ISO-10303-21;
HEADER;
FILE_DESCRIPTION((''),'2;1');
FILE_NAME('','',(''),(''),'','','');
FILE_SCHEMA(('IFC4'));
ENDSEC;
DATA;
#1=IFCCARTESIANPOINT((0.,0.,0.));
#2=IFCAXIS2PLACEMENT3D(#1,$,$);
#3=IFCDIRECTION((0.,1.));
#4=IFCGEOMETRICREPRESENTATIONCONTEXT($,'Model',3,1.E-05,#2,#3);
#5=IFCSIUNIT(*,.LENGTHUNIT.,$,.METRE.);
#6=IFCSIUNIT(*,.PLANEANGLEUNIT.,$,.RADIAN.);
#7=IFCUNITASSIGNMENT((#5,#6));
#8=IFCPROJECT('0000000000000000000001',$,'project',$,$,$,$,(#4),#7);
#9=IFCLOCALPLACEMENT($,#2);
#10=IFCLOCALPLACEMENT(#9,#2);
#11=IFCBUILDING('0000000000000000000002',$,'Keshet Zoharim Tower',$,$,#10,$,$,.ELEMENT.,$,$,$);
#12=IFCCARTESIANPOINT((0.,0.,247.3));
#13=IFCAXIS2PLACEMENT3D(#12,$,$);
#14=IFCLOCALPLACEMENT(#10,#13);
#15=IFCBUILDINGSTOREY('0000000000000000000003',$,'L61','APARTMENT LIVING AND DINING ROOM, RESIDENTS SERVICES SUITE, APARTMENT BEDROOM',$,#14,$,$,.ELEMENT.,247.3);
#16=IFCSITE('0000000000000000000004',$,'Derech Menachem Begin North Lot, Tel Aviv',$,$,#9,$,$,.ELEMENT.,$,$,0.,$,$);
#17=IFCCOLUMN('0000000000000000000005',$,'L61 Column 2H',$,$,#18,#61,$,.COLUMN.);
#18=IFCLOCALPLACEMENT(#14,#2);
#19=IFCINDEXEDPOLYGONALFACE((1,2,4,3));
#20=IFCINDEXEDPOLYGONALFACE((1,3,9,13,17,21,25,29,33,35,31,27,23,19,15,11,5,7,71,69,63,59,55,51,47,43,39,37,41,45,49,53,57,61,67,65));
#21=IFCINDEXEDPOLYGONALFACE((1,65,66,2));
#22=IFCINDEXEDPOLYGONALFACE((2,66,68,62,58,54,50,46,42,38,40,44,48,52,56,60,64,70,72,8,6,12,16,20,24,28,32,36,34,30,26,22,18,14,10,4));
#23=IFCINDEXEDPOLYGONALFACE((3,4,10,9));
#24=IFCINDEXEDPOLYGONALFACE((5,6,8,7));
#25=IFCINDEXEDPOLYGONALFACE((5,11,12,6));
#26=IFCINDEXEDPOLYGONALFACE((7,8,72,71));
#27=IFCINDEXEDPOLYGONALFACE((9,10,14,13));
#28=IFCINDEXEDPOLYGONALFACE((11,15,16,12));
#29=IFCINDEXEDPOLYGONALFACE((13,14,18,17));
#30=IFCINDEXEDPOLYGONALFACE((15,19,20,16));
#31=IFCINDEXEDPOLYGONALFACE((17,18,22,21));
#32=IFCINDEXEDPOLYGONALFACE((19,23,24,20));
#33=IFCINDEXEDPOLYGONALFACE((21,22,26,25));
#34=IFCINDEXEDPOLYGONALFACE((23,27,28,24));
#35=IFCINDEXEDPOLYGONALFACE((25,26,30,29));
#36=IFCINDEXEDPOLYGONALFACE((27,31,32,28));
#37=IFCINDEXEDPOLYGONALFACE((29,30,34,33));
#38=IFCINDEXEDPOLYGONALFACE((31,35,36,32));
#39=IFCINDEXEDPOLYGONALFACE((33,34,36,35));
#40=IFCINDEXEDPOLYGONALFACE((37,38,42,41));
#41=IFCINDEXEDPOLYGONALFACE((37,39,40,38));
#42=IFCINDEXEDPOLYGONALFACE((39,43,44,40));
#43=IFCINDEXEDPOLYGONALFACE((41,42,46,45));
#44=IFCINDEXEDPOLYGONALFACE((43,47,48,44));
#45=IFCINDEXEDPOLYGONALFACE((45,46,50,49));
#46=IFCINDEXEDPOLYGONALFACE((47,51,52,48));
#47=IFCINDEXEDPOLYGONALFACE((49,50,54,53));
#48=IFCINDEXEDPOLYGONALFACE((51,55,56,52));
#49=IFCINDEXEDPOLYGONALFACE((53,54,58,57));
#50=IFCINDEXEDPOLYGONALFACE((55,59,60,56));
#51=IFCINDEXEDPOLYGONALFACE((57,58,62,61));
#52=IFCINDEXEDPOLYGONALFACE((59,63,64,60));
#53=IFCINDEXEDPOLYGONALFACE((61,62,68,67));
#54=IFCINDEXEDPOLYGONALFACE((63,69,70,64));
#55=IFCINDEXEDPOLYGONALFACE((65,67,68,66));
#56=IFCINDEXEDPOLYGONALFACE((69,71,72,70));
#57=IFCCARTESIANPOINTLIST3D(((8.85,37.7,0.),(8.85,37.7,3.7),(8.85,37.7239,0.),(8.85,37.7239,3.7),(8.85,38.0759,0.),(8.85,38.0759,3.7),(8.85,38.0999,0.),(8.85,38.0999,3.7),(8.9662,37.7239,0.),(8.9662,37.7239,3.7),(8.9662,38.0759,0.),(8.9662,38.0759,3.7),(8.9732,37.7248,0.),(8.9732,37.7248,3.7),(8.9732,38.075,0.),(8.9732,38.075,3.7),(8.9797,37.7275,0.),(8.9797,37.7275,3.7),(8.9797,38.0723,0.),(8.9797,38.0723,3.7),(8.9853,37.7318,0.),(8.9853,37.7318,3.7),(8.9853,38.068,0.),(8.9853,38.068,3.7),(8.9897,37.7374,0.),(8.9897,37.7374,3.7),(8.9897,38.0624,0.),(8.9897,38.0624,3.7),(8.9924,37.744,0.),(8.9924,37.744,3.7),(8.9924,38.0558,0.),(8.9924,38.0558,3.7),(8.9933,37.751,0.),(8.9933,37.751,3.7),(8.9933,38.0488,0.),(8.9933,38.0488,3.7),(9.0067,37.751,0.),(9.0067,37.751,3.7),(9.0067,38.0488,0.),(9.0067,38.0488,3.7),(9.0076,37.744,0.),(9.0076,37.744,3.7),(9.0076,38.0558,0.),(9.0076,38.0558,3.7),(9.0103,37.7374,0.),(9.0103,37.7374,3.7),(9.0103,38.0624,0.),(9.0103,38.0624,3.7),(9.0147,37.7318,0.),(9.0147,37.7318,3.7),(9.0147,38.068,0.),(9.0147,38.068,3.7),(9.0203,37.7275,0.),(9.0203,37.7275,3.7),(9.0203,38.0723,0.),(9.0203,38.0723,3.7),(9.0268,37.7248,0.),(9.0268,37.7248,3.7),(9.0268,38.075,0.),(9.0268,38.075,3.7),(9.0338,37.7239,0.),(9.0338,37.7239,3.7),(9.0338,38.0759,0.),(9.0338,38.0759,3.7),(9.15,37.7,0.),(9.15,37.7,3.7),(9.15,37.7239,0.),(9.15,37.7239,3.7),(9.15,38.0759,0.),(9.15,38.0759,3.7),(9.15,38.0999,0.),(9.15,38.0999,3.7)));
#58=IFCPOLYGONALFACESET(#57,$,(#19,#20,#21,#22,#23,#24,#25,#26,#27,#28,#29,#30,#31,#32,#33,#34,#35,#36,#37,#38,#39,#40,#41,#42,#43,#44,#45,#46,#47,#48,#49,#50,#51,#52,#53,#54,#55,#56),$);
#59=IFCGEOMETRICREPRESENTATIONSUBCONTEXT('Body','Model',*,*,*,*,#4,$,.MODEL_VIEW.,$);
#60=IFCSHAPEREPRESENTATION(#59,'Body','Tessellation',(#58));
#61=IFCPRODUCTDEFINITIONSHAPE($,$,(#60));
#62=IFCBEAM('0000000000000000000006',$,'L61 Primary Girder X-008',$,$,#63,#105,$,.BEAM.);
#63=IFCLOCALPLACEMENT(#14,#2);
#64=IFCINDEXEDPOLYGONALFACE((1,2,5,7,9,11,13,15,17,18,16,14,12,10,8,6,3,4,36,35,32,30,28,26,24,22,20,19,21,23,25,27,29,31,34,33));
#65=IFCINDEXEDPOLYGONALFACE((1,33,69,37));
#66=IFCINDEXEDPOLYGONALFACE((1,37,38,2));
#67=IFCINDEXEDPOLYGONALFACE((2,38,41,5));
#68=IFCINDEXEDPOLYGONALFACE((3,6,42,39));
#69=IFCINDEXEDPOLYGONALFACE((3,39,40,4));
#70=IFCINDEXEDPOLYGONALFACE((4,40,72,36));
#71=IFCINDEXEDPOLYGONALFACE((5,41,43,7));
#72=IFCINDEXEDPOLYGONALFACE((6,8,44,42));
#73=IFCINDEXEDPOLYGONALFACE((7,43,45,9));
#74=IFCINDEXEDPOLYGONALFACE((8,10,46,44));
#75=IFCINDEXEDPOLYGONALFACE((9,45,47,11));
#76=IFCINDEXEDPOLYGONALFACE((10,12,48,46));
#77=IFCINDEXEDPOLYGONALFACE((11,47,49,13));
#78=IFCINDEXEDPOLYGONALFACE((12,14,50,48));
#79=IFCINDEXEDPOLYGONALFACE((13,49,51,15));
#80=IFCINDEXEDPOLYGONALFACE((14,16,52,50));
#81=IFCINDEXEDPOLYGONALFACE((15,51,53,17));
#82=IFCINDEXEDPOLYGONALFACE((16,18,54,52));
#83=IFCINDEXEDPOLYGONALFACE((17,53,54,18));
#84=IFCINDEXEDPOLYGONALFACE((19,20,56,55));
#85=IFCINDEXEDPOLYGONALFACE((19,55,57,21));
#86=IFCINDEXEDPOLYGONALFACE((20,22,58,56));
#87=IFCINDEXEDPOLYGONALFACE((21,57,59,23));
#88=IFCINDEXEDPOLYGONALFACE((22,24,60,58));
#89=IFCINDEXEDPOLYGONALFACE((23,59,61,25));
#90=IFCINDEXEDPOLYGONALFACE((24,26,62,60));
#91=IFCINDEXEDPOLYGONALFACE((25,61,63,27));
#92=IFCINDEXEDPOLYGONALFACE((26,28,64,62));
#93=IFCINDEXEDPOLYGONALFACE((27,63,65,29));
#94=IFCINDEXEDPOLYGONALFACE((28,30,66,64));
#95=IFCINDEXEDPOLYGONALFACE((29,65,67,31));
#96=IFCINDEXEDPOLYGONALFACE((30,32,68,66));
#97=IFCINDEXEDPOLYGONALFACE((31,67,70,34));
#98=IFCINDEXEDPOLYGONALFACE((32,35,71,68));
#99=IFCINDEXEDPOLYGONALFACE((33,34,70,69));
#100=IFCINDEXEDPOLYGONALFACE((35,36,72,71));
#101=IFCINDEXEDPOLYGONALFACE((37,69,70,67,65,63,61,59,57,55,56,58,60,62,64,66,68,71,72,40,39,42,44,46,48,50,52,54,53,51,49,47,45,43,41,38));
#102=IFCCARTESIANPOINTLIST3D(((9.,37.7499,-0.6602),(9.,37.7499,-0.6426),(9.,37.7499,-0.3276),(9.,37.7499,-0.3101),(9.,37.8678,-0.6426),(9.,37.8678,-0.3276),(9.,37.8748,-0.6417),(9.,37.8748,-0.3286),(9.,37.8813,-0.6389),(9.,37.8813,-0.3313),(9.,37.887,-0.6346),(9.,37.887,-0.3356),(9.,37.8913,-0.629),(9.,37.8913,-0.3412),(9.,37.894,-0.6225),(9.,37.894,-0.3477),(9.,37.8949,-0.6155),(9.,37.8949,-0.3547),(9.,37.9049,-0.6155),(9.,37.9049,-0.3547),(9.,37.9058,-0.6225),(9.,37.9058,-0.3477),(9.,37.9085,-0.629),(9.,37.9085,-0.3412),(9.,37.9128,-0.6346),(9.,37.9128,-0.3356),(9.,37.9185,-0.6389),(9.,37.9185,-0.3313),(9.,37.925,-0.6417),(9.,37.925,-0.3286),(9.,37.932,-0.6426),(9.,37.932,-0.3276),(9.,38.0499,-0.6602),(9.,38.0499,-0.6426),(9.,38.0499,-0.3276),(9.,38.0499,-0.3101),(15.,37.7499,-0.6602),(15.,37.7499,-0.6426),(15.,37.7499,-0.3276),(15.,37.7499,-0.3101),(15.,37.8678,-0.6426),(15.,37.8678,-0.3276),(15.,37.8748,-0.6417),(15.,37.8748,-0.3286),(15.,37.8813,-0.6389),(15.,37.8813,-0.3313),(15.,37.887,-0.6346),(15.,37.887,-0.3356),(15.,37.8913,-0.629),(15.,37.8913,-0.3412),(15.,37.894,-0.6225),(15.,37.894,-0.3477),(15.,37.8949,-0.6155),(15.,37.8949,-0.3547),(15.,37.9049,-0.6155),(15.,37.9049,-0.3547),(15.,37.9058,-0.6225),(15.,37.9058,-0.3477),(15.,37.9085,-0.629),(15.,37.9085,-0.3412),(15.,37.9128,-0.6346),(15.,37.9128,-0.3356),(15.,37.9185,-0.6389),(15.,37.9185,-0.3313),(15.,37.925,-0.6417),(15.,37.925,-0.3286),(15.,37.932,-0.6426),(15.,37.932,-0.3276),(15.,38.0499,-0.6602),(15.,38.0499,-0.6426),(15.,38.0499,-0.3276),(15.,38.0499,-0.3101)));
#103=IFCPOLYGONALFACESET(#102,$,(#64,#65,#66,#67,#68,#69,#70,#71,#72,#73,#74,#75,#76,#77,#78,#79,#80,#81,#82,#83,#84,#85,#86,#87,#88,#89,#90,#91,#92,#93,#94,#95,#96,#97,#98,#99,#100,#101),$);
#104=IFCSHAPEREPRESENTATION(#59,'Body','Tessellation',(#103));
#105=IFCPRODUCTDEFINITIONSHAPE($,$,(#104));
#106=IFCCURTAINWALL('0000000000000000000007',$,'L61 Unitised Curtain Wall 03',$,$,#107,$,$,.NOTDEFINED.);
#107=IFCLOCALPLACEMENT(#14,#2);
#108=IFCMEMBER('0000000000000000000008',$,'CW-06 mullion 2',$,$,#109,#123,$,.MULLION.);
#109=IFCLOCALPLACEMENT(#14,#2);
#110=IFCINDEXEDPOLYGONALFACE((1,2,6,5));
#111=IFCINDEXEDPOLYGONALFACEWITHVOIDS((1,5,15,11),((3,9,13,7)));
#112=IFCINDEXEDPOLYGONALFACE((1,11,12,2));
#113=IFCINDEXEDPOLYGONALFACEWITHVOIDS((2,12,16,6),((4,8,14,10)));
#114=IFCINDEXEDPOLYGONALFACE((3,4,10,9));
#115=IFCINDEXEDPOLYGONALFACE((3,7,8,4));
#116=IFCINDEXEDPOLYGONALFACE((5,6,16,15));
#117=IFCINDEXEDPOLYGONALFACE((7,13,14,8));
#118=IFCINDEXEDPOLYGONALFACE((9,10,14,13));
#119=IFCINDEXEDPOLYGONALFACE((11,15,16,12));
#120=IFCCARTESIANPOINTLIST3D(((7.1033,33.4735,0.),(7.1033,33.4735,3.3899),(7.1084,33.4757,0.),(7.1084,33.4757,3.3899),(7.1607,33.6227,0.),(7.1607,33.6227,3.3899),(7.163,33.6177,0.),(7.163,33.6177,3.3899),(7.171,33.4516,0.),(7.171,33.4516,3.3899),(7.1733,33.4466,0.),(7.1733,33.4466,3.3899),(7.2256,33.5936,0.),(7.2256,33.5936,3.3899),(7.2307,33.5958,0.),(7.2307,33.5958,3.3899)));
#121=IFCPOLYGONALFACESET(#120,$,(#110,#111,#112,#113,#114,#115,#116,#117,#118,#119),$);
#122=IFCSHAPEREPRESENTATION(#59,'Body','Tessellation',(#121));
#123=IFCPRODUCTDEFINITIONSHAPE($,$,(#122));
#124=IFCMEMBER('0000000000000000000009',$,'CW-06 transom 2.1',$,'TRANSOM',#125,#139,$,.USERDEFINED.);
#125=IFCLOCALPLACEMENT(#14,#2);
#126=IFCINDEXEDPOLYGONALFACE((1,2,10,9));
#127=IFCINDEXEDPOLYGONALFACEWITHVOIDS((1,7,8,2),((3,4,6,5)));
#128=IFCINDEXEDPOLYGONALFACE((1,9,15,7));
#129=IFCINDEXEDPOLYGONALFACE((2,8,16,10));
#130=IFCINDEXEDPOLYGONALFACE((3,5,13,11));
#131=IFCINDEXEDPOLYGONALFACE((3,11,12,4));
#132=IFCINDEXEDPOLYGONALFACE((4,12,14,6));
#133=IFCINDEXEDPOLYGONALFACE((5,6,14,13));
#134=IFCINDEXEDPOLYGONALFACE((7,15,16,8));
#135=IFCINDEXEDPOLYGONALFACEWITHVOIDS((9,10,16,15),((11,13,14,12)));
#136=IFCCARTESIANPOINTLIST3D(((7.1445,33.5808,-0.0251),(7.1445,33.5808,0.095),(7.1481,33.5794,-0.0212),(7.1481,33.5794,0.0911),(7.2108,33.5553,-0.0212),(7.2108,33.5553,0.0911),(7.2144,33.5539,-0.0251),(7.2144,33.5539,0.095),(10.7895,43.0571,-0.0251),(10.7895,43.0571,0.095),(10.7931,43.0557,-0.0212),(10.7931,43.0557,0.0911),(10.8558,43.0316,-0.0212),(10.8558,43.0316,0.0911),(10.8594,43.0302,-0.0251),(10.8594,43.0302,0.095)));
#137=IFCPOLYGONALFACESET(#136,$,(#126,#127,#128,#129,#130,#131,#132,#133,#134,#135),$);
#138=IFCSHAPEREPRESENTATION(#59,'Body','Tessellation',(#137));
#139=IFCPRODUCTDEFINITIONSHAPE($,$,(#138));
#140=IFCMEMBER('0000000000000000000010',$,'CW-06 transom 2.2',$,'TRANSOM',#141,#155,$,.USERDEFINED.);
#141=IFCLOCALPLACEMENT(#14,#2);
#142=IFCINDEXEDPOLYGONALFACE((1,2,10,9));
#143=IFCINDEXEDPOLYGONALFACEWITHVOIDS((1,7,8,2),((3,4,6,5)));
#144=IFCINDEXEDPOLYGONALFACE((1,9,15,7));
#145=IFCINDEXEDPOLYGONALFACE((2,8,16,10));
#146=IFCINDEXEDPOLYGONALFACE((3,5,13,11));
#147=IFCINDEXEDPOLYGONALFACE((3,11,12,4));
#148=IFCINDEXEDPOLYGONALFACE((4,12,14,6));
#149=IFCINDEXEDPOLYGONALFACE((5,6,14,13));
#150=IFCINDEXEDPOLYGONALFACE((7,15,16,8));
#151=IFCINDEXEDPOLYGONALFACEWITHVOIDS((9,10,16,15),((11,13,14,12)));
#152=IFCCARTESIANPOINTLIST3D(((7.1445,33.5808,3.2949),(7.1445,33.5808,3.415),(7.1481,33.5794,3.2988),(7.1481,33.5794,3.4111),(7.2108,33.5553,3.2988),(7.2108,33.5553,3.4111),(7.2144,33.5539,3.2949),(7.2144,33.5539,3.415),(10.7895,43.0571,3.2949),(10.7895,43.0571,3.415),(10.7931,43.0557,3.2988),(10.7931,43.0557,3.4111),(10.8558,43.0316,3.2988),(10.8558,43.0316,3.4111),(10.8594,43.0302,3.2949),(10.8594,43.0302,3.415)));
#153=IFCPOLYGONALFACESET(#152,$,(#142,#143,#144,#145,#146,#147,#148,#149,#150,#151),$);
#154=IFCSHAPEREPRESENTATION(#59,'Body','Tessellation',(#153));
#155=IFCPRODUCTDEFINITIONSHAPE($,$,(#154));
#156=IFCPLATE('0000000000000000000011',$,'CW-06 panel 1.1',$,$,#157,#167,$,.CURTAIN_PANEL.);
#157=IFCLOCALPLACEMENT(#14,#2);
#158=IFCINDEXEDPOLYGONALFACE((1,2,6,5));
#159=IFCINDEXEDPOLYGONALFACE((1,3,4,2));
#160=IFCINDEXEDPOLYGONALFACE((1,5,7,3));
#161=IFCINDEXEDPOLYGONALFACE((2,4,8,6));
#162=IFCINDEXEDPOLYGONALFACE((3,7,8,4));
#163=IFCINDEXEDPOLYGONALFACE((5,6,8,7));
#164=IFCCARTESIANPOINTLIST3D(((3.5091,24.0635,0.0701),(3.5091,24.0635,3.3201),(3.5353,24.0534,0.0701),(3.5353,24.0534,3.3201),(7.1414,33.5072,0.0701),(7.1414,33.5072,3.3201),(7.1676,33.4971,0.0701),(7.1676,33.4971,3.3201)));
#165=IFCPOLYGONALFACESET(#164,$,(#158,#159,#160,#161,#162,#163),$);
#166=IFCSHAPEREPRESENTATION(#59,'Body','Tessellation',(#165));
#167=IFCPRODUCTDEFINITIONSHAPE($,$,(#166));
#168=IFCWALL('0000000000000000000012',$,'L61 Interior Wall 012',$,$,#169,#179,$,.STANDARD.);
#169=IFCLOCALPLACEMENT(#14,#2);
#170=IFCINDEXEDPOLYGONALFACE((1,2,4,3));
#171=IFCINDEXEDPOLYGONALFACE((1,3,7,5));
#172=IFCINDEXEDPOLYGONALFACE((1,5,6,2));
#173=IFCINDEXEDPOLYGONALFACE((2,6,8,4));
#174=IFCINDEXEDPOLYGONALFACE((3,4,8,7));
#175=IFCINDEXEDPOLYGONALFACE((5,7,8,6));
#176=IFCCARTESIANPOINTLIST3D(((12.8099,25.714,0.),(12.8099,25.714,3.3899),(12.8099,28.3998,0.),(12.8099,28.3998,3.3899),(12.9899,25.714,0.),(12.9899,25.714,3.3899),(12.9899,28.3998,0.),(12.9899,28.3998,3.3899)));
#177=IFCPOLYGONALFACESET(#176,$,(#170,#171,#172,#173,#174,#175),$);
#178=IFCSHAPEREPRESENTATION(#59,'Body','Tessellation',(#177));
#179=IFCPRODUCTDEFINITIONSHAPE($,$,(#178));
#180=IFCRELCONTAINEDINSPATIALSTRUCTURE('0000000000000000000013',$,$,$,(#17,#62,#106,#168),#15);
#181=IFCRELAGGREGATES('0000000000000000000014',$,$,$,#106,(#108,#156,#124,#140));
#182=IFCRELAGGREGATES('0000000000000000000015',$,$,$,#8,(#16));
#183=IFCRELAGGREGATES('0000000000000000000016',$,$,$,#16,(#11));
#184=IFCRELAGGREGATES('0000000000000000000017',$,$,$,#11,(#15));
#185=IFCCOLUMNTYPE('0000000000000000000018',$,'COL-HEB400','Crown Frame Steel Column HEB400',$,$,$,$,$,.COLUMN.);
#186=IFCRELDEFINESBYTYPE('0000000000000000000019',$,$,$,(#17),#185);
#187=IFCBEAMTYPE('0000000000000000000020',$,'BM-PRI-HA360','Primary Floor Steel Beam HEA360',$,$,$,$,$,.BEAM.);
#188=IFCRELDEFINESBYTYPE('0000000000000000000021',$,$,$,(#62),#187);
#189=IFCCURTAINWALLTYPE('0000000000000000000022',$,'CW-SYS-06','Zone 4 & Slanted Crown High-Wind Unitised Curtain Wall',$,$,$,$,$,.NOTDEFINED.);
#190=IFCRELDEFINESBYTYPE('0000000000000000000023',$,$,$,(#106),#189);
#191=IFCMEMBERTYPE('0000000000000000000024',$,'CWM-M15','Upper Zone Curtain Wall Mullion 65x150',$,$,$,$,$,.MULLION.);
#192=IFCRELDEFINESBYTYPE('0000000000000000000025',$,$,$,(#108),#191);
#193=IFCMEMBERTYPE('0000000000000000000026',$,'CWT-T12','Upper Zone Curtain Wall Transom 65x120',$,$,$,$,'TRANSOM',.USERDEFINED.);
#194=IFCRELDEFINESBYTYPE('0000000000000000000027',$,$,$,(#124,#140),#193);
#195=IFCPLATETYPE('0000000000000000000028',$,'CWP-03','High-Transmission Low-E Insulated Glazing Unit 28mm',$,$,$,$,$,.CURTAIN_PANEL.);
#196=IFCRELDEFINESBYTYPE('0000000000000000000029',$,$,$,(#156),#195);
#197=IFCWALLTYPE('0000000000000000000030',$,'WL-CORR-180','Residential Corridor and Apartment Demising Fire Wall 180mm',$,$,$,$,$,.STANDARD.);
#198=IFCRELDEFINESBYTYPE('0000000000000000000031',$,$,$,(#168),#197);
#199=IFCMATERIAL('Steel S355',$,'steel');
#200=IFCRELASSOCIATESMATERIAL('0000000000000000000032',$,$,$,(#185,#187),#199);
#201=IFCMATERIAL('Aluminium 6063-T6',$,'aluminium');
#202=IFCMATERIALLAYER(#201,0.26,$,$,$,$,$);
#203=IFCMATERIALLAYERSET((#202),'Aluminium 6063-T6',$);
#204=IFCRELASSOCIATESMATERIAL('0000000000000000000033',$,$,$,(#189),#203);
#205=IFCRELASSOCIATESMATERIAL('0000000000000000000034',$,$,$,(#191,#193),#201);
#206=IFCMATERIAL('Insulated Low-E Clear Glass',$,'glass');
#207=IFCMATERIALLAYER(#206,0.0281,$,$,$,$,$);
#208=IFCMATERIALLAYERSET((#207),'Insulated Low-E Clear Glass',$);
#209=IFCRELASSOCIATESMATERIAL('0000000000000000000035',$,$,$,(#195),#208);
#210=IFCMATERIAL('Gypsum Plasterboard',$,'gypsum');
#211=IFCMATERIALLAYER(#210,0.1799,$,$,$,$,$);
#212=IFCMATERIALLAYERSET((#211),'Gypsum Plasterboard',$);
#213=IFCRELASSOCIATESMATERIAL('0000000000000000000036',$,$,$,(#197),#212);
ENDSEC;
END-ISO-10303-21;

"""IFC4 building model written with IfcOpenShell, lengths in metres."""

from ifc_helpers import new_model, si_unit, direction, frame, frame_2d, origin, origin_2d, place, context, subcontext, project, spatial, rectangle, hollow_rectangle, i_section, extrude, material, layer, layer_set, material_profile, profile_set, type_object, element, aggregate, save


model = new_model("IFC4")

# Units and contexts
model_context = context("Model", 3, precision=1e-05, world=origin(), true_north=direction((0.0, 1.0)))
body_context = subcontext(model_context, "Body", "Model", "MODEL_VIEW")
ifc_project = project(units=[si_unit("LENGTHUNIT", "METRE"), si_unit("PLANEANGLEUNIT", "RADIAN")], contexts=[model_context])

# Site, building, storey
site_placement = place(None, origin())
site = spatial("IfcSite", under=ifc_project, at=site_placement, Name="Derech Menachem Begin North Lot, Tel Aviv", CompositionType="ELEMENT", RefElevation=0.0)
building_placement = place(site_placement, origin())
building = spatial("IfcBuilding", under=site, at=building_placement, Name="Keshet Zoharim Tower", CompositionType="ELEMENT")
storey_placement = place(building_placement, frame((0.0, 0.0, 247.3)))
storey = spatial("IfcBuildingStorey", under=building, at=storey_placement, Name="L61", Description="APARTMENT LIVING AND DINING ROOM, RESIDENTS SERVICES SUITE, APARTMENT BEDROOM", CompositionType="ELEMENT", Elevation=247.3)

# Column
ifc_material_1 = material(Name="Steel S355", Category="steel")
ifc_material_profile_1 = material_profile(ifc_material_1, i_section(OverallWidth=0.3, OverallDepth=0.3999, WebThickness=0.0134, FlangeThickness=0.0239, FilletRadius=0.0271, at=origin_2d()), Name="HEB400")
ifc_profile_set_1 = profile_set([ifc_material_profile_1], Name="Steel S355")
column_type = type_object("IfcColumnType", Name="COL-HEB400", Description="Crown Frame Steel Column HEB400", PredefinedType="COLUMN", material=ifc_profile_set_1)
column_placement = place(storey_placement, frame((9.0, 37.8999, 0.0), z_axis=(0.0, 0.0, 1.0), x_axis=(1.0, 0.0, 0.0)))
element("IfcColumn", 1, at=column_placement, inside=storey, type_object=column_type, Name="L61 Column 2H", PredefinedType="COLUMN", context=body_context, shape_type="SweptSolid", body=[
    extrude(i_section(OverallWidth=0.3, OverallDepth=0.3999, WebThickness=0.0134, FlangeThickness=0.0239, FilletRadius=0.0271, at=origin_2d()), origin(), (0.0, 0.0, 1.0), 3.7),
])

# Beam
ifc_material_profile_2 = material_profile(ifc_material_1, i_section(OverallWidth=0.3, OverallDepth=0.3501, WebThickness=0.01, FlangeThickness=0.0176, FilletRadius=0.0271, at=origin_2d()), Name="HEA360")
ifc_profile_set_2 = profile_set([ifc_material_profile_2], Name="Steel S355")
beam_type = type_object("IfcBeamType", Name="BM-PRI-HA360", Description="Primary Floor Steel Beam HEA360", PredefinedType="BEAM", material=ifc_profile_set_2)
beam_placement = place(storey_placement, frame((9.0, 37.8999, -0.4851), z_axis=(1.0, 0.0, 0.0), x_axis=(0.0, 1.0, 0.0)))
element("IfcBeam", 2, at=beam_placement, inside=storey, type_object=beam_type, Name="L61 Primary Girder X-008", PredefinedType="BEAM", context=body_context, shape_type="SweptSolid", body=[
    extrude(i_section(OverallWidth=0.3, OverallDepth=0.3501, WebThickness=0.01, FlangeThickness=0.0176, FilletRadius=0.0271, at=origin_2d()), origin(), (0.0, 0.0, 1.0), 6.0),
])

# Curtain wall, members, plate
ifc_material_2 = material(Name="Aluminium 6063-T6", Category="aluminium")
ifc_layer_1 = layer(ifc_material_2, 0.26)
ifc_layer_set_1 = layer_set([ifc_layer_1], Name="Aluminium 6063-T6")
curtain_wall_type = type_object("IfcCurtainWallType", Name="CW-SYS-06", Description="Zone 4 & Slanted Crown High-Wind Unitised Curtain Wall", PredefinedType="NOTDEFINED", material=ifc_layer_set_1)
curtain_wall_placement = place(storey_placement, origin())
curtain_wall = element("IfcCurtainWall", 3, at=curtain_wall_placement, inside=storey, type_object=curtain_wall_type, Name="L61 Unitised Curtain Wall 03", PredefinedType="NOTDEFINED")
ifc_material_profile_3 = material_profile(ifc_material_2, hollow_rectangle(XDim=0.075, YDim=0.1599, WallThickness=0.0039, at=origin_2d()), Name="MUL-75x160")
ifc_profile_set_3 = profile_set([ifc_material_profile_3], Name="Aluminium 6063-T6")
member_type_1 = type_object("IfcMemberType", Name="CWM-M15", Description="Upper Zone Curtain Wall Mullion 65x150", PredefinedType="MULLION", material=ifc_profile_set_3)
member_1_placement = place(storey_placement, frame((7.167, 33.5347, 0.0), z_axis=(0.0, 0.0, 1.0), x_axis=(-0.933341, 0.35899, 0.0)))
member_1 = element("IfcMember", 4, at=member_1_placement, type_object=member_type_1, Name="CW-06 mullion 2", PredefinedType="MULLION", context=body_context, shape_type="SweptSolid", body=[
    extrude(hollow_rectangle(XDim=0.075, YDim=0.1599, WallThickness=0.0039, at=origin_2d()), origin(), (0.0, 0.0, 1.0), 3.3899),
])
ifc_material_profile_4 = material_profile(ifc_material_2, hollow_rectangle(XDim=0.075, YDim=0.1201, WallThickness=0.0039, at=origin_2d()), Name="TRN-75x120")
ifc_profile_set_4 = profile_set([ifc_material_profile_4], Name="Aluminium 6063-T6")
member_type_2 = type_object("IfcMemberType", Name="CWT-T12", Description="Upper Zone Curtain Wall Transom 65x120", ElementType="TRANSOM", PredefinedType="USERDEFINED", material=ifc_profile_set_4)
member_2_placement = place(storey_placement, frame((7.1794, 33.5674, 0.0349), z_axis=(0.359003, 0.933336, 0.0), x_axis=(-0.933336, 0.359003, 0.0)))
member_2 = element("IfcMember", 5, at=member_2_placement, type_object=member_type_2, Name="CW-06 transom 2.1", ObjectType="TRANSOM", PredefinedType="USERDEFINED", context=body_context, shape_type="SweptSolid", body=[
    extrude(hollow_rectangle(XDim=0.075, YDim=0.1201, WallThickness=0.0039, at=origin_2d()), origin(), (0.0, 0.0, 1.0), 10.1531),
])
member_3_placement = place(storey_placement, frame((7.1794, 33.5674, 3.355), z_axis=(0.359003, 0.933336, 0.0), x_axis=(-0.933336, 0.359003, 0.0)))
member_3 = element("IfcMember", 6, at=member_3_placement, type_object=member_type_2, Name="CW-06 transom 2.2", ObjectType="TRANSOM", PredefinedType="USERDEFINED", context=body_context, shape_type="SweptSolid", body=[
    extrude(hollow_rectangle(XDim=0.075, YDim=0.1201, WallThickness=0.0039, at=origin_2d()), origin(), (0.0, 0.0, 1.0), 10.1531),
])
ifc_material_3 = material(Name="Insulated Low-E Clear Glass", Category="glass")
ifc_layer_2 = layer(ifc_material_3, 0.0281)
ifc_layer_set_2 = layer_set([ifc_layer_2], Name="Insulated Low-E Clear Glass")
plate_type = type_object("IfcPlateType", Name="CWP-03", Description="High-Transmission Low-E Insulated Glazing Unit 28mm", PredefinedType="CURTAIN_PANEL", material=ifc_layer_set_2)
plate_placement = place(storey_placement, frame((5.3384, 28.7803, 0.0701), z_axis=(0.0, 0.0, 1.0), x_axis=(0.35899, 0.933341, 0.0)))
plate = element("IfcPlate", 7, at=plate_placement, type_object=plate_type, Name="CW-06 panel 1.1", PredefinedType="CURTAIN_PANEL", context=body_context, shape_type="SweptSolid", body=[
    extrude(rectangle(XDim=10.1182, YDim=0.0281, at=origin_2d()), origin(), (0.0, 0.0, 1.0), 3.25),
])
aggregate(curtain_wall, [member_1, plate, member_2, member_3])

# Wall
ifc_material_4 = material(Name="Gypsum Plasterboard", Category="gypsum")
ifc_layer_3 = layer(ifc_material_4, 0.1799)
ifc_layer_set_3 = layer_set([ifc_layer_3], Name="Gypsum Plasterboard")
wall_type_1 = type_object("IfcWallType", Name="WL-CORR-180", Description="Residential Corridor and Apartment Demising Fire Wall 180mm", PredefinedType="STANDARD", material=ifc_layer_set_3)
wall_1_placement = place(storey_placement, frame((12.8999, 25.7141, 0.0), z_axis=(0.0, 0.0, 1.0), x_axis=(0.0, 1.0, 0.0)))
element("IfcWall", 8, at=wall_1_placement, inside=storey, type_object=wall_type_1, Name="L61 Interior Wall 012", PredefinedType="STANDARD", context=body_context, shape_type="SweptSolid", body=[
    extrude(rectangle(XDim=2.6858, YDim=0.1799, at=frame_2d((1.3428, 0.0))), origin(), (0.0, 0.0, 1.0), 3.3899),
])

save(model, "model.ifc")
